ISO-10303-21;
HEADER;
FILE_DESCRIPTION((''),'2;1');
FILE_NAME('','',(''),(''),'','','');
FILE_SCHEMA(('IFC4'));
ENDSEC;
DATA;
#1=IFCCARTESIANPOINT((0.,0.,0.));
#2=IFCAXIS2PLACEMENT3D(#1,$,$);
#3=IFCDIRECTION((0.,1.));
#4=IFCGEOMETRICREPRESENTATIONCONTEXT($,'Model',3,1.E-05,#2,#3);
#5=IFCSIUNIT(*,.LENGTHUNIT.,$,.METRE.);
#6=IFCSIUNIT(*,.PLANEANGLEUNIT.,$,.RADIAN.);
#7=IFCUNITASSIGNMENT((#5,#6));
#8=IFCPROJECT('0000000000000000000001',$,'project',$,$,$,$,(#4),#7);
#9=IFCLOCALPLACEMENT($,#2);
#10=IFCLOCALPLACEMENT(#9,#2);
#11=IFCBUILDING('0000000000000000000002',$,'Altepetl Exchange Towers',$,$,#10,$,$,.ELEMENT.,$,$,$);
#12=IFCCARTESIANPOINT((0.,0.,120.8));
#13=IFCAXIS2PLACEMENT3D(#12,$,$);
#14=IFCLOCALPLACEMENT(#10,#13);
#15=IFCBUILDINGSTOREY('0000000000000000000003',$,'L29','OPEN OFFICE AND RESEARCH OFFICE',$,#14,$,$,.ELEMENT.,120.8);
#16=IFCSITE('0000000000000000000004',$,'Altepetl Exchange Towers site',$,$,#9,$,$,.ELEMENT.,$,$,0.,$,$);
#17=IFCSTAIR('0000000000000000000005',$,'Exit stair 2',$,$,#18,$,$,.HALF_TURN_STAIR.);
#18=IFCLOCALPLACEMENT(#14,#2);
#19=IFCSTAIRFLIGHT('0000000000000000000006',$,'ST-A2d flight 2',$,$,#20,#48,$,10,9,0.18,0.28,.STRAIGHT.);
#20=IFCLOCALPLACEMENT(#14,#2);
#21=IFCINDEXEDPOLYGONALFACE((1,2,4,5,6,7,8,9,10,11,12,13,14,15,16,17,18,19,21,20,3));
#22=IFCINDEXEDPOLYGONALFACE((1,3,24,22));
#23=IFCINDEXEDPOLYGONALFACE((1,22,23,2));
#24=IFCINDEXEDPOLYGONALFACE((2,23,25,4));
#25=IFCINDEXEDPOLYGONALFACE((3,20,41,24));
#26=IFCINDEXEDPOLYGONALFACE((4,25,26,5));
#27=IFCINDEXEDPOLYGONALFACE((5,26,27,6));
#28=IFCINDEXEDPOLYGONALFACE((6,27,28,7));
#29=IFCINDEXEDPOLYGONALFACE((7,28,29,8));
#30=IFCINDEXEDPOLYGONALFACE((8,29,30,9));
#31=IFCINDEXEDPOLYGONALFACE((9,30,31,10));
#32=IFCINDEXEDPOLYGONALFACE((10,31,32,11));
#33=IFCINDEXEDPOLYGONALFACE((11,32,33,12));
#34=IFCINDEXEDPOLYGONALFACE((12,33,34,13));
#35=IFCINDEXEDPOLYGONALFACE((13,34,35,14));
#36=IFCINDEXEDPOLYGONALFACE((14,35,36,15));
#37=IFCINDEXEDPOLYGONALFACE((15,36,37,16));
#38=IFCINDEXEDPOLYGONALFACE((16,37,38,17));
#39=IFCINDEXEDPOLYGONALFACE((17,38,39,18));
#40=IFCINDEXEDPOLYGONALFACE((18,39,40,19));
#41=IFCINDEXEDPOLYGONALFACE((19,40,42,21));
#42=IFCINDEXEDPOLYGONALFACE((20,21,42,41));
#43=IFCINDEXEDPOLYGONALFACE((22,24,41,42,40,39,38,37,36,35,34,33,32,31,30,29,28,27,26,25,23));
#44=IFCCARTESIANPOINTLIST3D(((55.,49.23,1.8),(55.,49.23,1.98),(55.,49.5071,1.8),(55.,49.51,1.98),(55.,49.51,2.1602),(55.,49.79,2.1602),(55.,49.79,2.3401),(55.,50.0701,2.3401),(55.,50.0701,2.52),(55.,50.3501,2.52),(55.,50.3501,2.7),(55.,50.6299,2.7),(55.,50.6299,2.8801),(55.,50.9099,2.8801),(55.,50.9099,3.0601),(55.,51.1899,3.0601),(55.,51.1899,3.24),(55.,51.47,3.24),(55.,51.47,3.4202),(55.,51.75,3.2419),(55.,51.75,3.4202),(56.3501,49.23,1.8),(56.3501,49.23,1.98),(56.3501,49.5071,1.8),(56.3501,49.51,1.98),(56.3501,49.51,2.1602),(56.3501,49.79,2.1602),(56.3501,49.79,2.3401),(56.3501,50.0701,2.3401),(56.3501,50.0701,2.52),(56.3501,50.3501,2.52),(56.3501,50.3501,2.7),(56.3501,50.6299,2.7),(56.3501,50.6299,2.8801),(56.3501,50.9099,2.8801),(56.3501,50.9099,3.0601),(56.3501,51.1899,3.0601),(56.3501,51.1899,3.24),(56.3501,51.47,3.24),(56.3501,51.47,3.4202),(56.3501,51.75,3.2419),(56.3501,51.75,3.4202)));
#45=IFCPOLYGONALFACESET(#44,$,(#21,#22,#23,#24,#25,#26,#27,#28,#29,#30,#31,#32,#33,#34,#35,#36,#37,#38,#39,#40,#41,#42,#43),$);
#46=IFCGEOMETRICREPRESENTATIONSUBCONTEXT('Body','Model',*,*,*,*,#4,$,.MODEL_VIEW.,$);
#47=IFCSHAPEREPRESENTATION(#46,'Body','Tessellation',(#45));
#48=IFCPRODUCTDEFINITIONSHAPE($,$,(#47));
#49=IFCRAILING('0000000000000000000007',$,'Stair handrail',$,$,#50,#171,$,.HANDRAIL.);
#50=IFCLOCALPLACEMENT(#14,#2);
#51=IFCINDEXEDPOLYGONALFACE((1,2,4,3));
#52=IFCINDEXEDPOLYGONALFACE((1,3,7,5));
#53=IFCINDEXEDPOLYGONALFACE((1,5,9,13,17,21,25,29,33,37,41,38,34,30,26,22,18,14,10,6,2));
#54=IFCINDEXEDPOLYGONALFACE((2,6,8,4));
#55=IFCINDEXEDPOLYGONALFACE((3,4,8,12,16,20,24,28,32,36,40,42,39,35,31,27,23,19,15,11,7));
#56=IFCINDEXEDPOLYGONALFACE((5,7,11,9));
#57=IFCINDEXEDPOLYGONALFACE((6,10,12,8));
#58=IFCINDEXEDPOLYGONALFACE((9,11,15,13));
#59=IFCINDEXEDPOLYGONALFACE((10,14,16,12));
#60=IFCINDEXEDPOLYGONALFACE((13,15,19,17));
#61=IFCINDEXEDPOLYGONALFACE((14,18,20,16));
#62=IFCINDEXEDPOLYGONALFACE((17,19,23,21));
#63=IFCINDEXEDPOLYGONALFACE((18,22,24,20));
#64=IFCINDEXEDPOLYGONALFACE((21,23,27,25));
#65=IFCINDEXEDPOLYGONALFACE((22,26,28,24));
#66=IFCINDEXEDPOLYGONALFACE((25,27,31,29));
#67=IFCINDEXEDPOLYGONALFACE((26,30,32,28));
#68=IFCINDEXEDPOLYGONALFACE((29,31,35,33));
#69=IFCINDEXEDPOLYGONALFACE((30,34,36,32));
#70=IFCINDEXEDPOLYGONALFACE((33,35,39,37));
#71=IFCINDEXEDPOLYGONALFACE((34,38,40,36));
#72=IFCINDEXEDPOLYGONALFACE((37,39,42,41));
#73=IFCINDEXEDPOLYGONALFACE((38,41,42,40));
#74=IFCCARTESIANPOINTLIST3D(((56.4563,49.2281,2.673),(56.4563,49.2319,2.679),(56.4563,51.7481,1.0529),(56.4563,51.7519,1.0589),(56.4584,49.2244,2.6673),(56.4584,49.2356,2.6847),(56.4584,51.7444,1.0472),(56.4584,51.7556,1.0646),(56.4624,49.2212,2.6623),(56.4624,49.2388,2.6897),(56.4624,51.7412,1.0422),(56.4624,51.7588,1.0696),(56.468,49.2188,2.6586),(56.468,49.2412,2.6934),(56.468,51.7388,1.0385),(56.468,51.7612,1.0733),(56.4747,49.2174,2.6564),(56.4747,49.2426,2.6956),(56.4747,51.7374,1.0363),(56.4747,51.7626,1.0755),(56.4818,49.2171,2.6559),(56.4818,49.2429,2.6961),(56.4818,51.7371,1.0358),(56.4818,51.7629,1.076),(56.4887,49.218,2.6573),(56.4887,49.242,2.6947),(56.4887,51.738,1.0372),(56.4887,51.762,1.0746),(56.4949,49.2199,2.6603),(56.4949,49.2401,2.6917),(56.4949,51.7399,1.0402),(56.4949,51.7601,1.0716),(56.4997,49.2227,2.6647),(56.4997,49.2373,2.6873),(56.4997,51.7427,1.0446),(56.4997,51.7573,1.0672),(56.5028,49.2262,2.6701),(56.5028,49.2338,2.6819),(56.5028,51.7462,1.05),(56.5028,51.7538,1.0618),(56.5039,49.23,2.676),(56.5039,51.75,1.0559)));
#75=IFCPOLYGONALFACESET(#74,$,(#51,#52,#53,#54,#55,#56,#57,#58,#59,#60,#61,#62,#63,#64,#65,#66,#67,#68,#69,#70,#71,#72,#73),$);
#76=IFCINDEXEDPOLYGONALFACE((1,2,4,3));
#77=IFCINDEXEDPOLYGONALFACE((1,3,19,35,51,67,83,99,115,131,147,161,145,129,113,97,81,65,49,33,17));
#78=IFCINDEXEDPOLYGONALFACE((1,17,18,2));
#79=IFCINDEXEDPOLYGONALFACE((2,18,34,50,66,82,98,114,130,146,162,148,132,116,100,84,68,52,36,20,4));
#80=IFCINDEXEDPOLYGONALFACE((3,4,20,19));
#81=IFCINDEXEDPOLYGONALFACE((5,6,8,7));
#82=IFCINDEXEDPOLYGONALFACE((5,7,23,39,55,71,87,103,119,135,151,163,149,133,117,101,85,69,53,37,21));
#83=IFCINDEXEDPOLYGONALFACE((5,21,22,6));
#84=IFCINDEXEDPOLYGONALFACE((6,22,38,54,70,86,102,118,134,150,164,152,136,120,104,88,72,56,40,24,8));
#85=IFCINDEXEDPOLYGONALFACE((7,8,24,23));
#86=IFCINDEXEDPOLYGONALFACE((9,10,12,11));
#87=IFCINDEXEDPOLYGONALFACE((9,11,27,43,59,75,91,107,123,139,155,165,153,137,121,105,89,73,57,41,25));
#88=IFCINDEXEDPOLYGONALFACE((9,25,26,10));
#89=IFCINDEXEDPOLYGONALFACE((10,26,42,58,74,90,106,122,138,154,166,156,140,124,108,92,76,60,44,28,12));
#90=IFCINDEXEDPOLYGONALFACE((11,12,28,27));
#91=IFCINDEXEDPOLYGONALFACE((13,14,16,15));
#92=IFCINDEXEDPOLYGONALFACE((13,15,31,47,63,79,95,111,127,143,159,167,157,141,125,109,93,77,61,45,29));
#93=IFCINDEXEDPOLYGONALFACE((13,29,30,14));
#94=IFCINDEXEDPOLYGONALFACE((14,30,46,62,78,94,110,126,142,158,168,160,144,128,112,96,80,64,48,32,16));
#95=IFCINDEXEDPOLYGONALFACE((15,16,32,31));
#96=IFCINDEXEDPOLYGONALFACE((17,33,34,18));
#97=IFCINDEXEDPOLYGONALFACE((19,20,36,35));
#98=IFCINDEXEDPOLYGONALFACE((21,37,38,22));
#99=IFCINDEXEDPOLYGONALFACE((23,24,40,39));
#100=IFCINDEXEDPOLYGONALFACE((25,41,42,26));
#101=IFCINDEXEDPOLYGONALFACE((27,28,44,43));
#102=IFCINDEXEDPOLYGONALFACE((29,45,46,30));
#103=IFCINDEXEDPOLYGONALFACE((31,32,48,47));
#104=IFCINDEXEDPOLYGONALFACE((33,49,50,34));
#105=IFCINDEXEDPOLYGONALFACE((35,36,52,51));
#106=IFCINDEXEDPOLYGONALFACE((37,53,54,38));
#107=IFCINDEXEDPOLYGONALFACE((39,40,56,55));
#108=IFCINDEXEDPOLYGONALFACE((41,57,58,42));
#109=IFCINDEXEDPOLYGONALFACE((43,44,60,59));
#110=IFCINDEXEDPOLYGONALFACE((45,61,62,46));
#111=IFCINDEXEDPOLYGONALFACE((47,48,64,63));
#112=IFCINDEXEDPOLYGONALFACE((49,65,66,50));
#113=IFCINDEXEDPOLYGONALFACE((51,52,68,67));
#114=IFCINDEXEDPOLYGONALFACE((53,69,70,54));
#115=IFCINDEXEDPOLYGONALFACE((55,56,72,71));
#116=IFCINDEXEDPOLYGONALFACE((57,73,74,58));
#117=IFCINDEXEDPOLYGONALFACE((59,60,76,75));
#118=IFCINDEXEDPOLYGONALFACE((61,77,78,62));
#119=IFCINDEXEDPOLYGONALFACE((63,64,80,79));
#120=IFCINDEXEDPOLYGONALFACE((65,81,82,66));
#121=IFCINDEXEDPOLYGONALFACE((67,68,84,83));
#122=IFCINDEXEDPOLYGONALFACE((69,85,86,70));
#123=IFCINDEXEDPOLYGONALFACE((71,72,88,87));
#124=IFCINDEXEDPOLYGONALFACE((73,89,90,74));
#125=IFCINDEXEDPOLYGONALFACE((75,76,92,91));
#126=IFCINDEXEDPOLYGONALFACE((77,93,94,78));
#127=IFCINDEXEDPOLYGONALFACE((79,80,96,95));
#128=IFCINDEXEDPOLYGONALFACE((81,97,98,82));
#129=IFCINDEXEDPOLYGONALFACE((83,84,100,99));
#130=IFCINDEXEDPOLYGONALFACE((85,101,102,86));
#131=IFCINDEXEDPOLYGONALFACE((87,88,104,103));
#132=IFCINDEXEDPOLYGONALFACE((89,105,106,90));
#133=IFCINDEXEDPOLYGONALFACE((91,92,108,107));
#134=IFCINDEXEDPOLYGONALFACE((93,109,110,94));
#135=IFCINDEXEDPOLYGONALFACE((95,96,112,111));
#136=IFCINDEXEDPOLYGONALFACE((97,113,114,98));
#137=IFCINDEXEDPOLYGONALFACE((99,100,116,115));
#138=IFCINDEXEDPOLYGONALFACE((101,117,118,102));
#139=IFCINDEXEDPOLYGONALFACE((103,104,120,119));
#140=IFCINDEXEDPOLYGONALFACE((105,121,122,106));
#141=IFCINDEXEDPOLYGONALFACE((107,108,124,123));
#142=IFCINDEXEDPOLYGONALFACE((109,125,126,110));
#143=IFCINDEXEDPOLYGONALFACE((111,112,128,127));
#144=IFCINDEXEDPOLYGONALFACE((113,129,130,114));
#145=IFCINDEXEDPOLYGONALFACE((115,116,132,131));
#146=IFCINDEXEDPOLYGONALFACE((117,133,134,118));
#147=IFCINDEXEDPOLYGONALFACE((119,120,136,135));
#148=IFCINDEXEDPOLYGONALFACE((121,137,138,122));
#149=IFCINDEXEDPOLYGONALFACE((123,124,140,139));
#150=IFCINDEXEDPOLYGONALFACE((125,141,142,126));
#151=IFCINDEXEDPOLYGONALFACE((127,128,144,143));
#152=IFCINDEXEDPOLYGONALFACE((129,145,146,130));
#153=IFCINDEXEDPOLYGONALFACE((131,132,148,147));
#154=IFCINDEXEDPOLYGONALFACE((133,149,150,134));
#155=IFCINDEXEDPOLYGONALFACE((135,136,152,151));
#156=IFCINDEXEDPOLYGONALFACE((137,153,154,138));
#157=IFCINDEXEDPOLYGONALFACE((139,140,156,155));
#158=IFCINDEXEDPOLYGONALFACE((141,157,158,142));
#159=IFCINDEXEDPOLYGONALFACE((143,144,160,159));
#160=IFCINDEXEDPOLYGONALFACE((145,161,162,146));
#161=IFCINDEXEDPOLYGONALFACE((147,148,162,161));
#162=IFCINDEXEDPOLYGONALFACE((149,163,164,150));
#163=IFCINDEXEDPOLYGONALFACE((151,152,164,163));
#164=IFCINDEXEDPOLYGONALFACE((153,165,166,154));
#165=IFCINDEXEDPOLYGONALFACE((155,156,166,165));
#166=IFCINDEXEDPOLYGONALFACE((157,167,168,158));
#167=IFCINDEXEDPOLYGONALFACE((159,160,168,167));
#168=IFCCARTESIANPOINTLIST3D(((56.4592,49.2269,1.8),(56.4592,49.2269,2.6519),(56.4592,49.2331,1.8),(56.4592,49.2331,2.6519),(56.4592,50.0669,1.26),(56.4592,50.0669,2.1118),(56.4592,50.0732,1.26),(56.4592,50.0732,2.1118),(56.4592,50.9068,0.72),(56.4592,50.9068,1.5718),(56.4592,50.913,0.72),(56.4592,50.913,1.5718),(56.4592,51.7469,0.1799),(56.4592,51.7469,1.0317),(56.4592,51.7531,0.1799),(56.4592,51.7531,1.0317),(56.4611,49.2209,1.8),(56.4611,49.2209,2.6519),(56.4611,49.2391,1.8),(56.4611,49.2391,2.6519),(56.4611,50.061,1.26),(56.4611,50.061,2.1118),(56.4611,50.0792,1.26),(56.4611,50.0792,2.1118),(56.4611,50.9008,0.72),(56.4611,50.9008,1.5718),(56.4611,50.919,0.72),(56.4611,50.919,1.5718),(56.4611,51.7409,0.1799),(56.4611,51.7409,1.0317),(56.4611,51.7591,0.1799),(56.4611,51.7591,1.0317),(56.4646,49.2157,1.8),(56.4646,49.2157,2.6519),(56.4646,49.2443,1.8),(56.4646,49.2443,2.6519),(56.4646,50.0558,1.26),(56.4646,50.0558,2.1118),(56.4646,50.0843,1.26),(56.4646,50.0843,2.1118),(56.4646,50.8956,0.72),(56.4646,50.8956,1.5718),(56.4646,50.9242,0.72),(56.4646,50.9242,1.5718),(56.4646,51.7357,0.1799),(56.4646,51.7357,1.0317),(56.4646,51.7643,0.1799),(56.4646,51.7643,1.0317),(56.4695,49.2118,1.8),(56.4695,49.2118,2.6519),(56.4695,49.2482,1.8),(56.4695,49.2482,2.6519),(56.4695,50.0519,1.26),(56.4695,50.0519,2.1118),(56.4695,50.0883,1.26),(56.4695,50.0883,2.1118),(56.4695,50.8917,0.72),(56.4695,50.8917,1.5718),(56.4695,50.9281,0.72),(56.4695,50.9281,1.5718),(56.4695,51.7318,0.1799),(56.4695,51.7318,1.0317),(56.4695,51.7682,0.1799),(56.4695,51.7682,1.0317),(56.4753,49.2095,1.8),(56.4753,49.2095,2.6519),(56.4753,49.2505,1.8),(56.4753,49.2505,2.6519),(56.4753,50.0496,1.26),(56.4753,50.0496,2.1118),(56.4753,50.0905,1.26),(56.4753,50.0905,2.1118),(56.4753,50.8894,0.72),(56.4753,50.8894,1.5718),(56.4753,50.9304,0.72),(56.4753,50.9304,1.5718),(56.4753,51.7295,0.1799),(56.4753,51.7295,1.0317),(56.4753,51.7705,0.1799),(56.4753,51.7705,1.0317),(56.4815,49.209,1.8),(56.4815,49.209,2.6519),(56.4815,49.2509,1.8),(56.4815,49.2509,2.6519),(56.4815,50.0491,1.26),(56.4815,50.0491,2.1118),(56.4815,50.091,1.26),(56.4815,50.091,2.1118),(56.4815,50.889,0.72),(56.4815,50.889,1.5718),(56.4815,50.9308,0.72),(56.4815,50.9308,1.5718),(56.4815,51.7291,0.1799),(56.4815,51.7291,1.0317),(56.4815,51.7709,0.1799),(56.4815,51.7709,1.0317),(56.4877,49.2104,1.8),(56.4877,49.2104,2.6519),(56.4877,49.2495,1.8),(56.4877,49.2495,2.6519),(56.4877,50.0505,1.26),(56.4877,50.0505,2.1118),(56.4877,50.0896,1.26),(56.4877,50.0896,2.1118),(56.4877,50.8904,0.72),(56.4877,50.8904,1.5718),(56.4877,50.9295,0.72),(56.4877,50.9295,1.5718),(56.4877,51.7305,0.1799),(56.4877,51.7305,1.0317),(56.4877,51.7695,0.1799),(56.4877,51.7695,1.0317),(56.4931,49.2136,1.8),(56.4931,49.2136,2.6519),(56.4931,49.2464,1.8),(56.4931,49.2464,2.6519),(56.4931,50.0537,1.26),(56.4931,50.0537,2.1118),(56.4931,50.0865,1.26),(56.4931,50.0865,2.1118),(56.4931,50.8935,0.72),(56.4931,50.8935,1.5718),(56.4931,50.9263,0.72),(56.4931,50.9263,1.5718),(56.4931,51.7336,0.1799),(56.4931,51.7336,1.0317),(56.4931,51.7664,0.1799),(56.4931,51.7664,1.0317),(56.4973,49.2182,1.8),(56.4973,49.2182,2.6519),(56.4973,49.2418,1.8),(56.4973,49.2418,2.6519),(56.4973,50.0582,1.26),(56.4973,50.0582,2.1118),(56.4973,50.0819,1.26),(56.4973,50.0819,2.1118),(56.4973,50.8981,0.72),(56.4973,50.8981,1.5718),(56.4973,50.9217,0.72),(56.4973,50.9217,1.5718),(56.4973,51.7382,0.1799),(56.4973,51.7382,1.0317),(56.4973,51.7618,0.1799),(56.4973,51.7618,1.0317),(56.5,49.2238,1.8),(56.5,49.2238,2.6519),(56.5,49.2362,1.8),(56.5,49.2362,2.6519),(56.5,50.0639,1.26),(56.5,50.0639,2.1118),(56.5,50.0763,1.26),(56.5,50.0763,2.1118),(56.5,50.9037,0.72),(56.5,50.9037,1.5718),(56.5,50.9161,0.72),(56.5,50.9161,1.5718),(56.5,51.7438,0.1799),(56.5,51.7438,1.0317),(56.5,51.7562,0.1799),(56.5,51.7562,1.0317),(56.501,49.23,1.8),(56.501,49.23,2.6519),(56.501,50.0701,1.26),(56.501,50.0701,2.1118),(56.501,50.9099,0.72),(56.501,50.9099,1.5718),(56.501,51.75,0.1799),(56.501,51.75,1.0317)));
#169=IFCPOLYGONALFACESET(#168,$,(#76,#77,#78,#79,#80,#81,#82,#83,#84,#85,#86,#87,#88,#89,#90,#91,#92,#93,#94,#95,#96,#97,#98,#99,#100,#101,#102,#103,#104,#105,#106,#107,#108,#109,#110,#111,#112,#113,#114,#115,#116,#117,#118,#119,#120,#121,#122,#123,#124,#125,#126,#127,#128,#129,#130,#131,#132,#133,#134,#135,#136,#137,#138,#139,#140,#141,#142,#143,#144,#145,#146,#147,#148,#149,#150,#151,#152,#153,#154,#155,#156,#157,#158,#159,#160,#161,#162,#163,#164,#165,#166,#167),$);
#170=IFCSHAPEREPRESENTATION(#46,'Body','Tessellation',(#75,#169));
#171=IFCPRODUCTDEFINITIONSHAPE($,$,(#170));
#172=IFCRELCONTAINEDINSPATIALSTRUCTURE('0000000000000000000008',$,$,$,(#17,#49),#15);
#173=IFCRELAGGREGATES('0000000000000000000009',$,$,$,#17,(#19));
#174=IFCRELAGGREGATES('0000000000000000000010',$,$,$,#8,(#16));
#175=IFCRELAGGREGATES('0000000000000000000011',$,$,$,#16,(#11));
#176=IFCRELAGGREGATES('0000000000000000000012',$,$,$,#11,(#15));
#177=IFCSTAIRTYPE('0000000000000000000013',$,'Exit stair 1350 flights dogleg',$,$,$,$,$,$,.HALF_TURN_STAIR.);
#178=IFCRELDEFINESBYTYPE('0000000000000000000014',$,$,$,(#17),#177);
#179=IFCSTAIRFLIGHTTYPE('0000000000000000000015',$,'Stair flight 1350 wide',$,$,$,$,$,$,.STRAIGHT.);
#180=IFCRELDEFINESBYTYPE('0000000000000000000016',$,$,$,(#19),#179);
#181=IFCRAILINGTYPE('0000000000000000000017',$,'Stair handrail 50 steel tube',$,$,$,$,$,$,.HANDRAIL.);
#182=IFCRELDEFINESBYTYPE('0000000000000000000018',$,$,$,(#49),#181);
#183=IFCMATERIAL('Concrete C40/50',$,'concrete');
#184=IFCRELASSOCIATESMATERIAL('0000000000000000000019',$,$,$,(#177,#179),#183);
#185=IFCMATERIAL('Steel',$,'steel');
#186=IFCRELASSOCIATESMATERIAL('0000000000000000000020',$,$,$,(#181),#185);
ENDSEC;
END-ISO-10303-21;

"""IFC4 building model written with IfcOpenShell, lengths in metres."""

from ifc_helpers import new_model, si_unit, direction, frame, origin, origin_2d, place, context, subcontext, project, spatial, polyline, circle, outline, extrude, source, transform, mapped, material, type_object, element, aggregate, save


model = new_model("IFC4")

# Units and contexts
model_context = context("Model", 3, precision=1e-05, world=origin(), true_north=direction((0.0, 1.0)))
body_context = subcontext(model_context, "Body", "Model", "MODEL_VIEW")
ifc_project = project(units=[si_unit("LENGTHUNIT", "METRE"), si_unit("PLANEANGLEUNIT", "RADIAN")], contexts=[model_context])

# Site, building, storey
site_placement = place(None, origin())
site = spatial("IfcSite", under=ifc_project, at=site_placement, Name="Altepetl Exchange Towers site", CompositionType="ELEMENT", RefElevation=0.0)
building_placement = place(site_placement, origin())
building = spatial("IfcBuilding", under=site, at=building_placement, Name="Altepetl Exchange Towers", CompositionType="ELEMENT")
storey_placement = place(building_placement, frame((0.0, 0.0, 120.8)))
storey = spatial("IfcBuildingStorey", under=building, at=storey_placement, Name="L29", Description="OPEN OFFICE AND RESEARCH OFFICE", CompositionType="ELEMENT", Elevation=120.8)

# Shared definitions
ifc_material_1 = material(Name="Concrete C40/50", Category="concrete")

# Stair, stair flight
stair_type = type_object("IfcStairType", Name="Exit stair 1350 flights dogleg", PredefinedType="HALF_TURN_STAIR", material=ifc_material_1)
stair_placement = place(storey_placement, origin())
stair = element("IfcStair", 1, at=stair_placement, inside=storey, type_object=stair_type, Name="Exit stair 2", PredefinedType="HALF_TURN_STAIR")
stair_flight_type = type_object("IfcStairFlightType", Name="Stair flight 1350 wide", PredefinedType="STRAIGHT", material=ifc_material_1)
stair_flight_1_placement = place(storey_placement, frame((55.675, 49.23, 1.8), z_axis=(0.0, 0.0, 1.0), x_axis=(0.0, 1.0, 0.0)))
stair_flight_1 = element("IfcStairFlight", 2, at=stair_flight_1_placement, type_object=stair_flight_type, Name="ST-A2d flight 2", NumberOfRisers=10, NumberOfTreads=9, PredefinedType="STRAIGHT", RiserHeight=0.18, TreadLength=0.28, context=body_context, shape_type="SweptSolid", body=[
    extrude(outline(polyline([(0.0, 0.0), (0.0, 0.1799), (0.28, 0.1799), (0.28, 0.3601), (0.5601, 0.3601), (0.5601, 0.54), (0.8401, 0.54), (0.8401, 0.72), (1.1201, 0.72), (1.1201, 0.8999), (1.3999, 0.8999), (1.3999, 1.0801), (1.6799, 1.0801), (1.6799, 1.26), (1.96, 1.26), (1.96, 1.4399), (2.24, 1.4399), (2.24, 1.6201), (2.52, 1.6201), (2.52, 1.8), (2.52, 1.4419), (0.2771, 0.0), (0.0, 0.0)])), frame((0.0, 0.675, 0.0), z_axis=(0.0, -1.0, 0.0), x_axis=(1.0, 0.0, 0.0)), (0.0, 0.0, 1.0), 1.3501),
])
aggregate(stair, [stair_flight_1])

# Railing
ifc_material_2 = material(Name="Steel", Category="steel")
railing_type = type_object("IfcRailingType", Name="Stair handrail 50 steel tube", PredefinedType="HANDRAIL", material=ifc_material_2)
shared_shape = source(origin(), body_context, "Body", "SweptSolid", [
    extrude(circle(Radius=0.021, at=origin_2d()), origin(), (0.0, 0.0, 1.0), 0.8518),
])
railing_1_placement = place(storey_placement, frame((56.48, 51.75, 0.1799)))
element("IfcRailing", 3, at=railing_1_placement, inside=storey, type_object=railing_type, Name="Stair handrail", PredefinedType="HANDRAIL", context=body_context, shape_type="SweptSolid", body=[
    extrude(circle(Radius=0.0239, at=origin_2d()), frame((0.0, 0.0, 0.876), z_axis=(0.0, -0.841163, 0.540782), x_axis=(1.0, 0.0, 0.0)), (0.0, 0.0, 1.0), 2.9958),
    mapped(shared_shape, transform((0.0, 0.0, 0.0))),
    mapped(shared_shape, transform((0.0, -0.8401, 0.54))),
    mapped(shared_shape, transform((0.0, -1.6799, 1.0801))),
    mapped(shared_shape, transform((0.0, -2.52, 1.6201))),
])

save(model, "model.ifc")
